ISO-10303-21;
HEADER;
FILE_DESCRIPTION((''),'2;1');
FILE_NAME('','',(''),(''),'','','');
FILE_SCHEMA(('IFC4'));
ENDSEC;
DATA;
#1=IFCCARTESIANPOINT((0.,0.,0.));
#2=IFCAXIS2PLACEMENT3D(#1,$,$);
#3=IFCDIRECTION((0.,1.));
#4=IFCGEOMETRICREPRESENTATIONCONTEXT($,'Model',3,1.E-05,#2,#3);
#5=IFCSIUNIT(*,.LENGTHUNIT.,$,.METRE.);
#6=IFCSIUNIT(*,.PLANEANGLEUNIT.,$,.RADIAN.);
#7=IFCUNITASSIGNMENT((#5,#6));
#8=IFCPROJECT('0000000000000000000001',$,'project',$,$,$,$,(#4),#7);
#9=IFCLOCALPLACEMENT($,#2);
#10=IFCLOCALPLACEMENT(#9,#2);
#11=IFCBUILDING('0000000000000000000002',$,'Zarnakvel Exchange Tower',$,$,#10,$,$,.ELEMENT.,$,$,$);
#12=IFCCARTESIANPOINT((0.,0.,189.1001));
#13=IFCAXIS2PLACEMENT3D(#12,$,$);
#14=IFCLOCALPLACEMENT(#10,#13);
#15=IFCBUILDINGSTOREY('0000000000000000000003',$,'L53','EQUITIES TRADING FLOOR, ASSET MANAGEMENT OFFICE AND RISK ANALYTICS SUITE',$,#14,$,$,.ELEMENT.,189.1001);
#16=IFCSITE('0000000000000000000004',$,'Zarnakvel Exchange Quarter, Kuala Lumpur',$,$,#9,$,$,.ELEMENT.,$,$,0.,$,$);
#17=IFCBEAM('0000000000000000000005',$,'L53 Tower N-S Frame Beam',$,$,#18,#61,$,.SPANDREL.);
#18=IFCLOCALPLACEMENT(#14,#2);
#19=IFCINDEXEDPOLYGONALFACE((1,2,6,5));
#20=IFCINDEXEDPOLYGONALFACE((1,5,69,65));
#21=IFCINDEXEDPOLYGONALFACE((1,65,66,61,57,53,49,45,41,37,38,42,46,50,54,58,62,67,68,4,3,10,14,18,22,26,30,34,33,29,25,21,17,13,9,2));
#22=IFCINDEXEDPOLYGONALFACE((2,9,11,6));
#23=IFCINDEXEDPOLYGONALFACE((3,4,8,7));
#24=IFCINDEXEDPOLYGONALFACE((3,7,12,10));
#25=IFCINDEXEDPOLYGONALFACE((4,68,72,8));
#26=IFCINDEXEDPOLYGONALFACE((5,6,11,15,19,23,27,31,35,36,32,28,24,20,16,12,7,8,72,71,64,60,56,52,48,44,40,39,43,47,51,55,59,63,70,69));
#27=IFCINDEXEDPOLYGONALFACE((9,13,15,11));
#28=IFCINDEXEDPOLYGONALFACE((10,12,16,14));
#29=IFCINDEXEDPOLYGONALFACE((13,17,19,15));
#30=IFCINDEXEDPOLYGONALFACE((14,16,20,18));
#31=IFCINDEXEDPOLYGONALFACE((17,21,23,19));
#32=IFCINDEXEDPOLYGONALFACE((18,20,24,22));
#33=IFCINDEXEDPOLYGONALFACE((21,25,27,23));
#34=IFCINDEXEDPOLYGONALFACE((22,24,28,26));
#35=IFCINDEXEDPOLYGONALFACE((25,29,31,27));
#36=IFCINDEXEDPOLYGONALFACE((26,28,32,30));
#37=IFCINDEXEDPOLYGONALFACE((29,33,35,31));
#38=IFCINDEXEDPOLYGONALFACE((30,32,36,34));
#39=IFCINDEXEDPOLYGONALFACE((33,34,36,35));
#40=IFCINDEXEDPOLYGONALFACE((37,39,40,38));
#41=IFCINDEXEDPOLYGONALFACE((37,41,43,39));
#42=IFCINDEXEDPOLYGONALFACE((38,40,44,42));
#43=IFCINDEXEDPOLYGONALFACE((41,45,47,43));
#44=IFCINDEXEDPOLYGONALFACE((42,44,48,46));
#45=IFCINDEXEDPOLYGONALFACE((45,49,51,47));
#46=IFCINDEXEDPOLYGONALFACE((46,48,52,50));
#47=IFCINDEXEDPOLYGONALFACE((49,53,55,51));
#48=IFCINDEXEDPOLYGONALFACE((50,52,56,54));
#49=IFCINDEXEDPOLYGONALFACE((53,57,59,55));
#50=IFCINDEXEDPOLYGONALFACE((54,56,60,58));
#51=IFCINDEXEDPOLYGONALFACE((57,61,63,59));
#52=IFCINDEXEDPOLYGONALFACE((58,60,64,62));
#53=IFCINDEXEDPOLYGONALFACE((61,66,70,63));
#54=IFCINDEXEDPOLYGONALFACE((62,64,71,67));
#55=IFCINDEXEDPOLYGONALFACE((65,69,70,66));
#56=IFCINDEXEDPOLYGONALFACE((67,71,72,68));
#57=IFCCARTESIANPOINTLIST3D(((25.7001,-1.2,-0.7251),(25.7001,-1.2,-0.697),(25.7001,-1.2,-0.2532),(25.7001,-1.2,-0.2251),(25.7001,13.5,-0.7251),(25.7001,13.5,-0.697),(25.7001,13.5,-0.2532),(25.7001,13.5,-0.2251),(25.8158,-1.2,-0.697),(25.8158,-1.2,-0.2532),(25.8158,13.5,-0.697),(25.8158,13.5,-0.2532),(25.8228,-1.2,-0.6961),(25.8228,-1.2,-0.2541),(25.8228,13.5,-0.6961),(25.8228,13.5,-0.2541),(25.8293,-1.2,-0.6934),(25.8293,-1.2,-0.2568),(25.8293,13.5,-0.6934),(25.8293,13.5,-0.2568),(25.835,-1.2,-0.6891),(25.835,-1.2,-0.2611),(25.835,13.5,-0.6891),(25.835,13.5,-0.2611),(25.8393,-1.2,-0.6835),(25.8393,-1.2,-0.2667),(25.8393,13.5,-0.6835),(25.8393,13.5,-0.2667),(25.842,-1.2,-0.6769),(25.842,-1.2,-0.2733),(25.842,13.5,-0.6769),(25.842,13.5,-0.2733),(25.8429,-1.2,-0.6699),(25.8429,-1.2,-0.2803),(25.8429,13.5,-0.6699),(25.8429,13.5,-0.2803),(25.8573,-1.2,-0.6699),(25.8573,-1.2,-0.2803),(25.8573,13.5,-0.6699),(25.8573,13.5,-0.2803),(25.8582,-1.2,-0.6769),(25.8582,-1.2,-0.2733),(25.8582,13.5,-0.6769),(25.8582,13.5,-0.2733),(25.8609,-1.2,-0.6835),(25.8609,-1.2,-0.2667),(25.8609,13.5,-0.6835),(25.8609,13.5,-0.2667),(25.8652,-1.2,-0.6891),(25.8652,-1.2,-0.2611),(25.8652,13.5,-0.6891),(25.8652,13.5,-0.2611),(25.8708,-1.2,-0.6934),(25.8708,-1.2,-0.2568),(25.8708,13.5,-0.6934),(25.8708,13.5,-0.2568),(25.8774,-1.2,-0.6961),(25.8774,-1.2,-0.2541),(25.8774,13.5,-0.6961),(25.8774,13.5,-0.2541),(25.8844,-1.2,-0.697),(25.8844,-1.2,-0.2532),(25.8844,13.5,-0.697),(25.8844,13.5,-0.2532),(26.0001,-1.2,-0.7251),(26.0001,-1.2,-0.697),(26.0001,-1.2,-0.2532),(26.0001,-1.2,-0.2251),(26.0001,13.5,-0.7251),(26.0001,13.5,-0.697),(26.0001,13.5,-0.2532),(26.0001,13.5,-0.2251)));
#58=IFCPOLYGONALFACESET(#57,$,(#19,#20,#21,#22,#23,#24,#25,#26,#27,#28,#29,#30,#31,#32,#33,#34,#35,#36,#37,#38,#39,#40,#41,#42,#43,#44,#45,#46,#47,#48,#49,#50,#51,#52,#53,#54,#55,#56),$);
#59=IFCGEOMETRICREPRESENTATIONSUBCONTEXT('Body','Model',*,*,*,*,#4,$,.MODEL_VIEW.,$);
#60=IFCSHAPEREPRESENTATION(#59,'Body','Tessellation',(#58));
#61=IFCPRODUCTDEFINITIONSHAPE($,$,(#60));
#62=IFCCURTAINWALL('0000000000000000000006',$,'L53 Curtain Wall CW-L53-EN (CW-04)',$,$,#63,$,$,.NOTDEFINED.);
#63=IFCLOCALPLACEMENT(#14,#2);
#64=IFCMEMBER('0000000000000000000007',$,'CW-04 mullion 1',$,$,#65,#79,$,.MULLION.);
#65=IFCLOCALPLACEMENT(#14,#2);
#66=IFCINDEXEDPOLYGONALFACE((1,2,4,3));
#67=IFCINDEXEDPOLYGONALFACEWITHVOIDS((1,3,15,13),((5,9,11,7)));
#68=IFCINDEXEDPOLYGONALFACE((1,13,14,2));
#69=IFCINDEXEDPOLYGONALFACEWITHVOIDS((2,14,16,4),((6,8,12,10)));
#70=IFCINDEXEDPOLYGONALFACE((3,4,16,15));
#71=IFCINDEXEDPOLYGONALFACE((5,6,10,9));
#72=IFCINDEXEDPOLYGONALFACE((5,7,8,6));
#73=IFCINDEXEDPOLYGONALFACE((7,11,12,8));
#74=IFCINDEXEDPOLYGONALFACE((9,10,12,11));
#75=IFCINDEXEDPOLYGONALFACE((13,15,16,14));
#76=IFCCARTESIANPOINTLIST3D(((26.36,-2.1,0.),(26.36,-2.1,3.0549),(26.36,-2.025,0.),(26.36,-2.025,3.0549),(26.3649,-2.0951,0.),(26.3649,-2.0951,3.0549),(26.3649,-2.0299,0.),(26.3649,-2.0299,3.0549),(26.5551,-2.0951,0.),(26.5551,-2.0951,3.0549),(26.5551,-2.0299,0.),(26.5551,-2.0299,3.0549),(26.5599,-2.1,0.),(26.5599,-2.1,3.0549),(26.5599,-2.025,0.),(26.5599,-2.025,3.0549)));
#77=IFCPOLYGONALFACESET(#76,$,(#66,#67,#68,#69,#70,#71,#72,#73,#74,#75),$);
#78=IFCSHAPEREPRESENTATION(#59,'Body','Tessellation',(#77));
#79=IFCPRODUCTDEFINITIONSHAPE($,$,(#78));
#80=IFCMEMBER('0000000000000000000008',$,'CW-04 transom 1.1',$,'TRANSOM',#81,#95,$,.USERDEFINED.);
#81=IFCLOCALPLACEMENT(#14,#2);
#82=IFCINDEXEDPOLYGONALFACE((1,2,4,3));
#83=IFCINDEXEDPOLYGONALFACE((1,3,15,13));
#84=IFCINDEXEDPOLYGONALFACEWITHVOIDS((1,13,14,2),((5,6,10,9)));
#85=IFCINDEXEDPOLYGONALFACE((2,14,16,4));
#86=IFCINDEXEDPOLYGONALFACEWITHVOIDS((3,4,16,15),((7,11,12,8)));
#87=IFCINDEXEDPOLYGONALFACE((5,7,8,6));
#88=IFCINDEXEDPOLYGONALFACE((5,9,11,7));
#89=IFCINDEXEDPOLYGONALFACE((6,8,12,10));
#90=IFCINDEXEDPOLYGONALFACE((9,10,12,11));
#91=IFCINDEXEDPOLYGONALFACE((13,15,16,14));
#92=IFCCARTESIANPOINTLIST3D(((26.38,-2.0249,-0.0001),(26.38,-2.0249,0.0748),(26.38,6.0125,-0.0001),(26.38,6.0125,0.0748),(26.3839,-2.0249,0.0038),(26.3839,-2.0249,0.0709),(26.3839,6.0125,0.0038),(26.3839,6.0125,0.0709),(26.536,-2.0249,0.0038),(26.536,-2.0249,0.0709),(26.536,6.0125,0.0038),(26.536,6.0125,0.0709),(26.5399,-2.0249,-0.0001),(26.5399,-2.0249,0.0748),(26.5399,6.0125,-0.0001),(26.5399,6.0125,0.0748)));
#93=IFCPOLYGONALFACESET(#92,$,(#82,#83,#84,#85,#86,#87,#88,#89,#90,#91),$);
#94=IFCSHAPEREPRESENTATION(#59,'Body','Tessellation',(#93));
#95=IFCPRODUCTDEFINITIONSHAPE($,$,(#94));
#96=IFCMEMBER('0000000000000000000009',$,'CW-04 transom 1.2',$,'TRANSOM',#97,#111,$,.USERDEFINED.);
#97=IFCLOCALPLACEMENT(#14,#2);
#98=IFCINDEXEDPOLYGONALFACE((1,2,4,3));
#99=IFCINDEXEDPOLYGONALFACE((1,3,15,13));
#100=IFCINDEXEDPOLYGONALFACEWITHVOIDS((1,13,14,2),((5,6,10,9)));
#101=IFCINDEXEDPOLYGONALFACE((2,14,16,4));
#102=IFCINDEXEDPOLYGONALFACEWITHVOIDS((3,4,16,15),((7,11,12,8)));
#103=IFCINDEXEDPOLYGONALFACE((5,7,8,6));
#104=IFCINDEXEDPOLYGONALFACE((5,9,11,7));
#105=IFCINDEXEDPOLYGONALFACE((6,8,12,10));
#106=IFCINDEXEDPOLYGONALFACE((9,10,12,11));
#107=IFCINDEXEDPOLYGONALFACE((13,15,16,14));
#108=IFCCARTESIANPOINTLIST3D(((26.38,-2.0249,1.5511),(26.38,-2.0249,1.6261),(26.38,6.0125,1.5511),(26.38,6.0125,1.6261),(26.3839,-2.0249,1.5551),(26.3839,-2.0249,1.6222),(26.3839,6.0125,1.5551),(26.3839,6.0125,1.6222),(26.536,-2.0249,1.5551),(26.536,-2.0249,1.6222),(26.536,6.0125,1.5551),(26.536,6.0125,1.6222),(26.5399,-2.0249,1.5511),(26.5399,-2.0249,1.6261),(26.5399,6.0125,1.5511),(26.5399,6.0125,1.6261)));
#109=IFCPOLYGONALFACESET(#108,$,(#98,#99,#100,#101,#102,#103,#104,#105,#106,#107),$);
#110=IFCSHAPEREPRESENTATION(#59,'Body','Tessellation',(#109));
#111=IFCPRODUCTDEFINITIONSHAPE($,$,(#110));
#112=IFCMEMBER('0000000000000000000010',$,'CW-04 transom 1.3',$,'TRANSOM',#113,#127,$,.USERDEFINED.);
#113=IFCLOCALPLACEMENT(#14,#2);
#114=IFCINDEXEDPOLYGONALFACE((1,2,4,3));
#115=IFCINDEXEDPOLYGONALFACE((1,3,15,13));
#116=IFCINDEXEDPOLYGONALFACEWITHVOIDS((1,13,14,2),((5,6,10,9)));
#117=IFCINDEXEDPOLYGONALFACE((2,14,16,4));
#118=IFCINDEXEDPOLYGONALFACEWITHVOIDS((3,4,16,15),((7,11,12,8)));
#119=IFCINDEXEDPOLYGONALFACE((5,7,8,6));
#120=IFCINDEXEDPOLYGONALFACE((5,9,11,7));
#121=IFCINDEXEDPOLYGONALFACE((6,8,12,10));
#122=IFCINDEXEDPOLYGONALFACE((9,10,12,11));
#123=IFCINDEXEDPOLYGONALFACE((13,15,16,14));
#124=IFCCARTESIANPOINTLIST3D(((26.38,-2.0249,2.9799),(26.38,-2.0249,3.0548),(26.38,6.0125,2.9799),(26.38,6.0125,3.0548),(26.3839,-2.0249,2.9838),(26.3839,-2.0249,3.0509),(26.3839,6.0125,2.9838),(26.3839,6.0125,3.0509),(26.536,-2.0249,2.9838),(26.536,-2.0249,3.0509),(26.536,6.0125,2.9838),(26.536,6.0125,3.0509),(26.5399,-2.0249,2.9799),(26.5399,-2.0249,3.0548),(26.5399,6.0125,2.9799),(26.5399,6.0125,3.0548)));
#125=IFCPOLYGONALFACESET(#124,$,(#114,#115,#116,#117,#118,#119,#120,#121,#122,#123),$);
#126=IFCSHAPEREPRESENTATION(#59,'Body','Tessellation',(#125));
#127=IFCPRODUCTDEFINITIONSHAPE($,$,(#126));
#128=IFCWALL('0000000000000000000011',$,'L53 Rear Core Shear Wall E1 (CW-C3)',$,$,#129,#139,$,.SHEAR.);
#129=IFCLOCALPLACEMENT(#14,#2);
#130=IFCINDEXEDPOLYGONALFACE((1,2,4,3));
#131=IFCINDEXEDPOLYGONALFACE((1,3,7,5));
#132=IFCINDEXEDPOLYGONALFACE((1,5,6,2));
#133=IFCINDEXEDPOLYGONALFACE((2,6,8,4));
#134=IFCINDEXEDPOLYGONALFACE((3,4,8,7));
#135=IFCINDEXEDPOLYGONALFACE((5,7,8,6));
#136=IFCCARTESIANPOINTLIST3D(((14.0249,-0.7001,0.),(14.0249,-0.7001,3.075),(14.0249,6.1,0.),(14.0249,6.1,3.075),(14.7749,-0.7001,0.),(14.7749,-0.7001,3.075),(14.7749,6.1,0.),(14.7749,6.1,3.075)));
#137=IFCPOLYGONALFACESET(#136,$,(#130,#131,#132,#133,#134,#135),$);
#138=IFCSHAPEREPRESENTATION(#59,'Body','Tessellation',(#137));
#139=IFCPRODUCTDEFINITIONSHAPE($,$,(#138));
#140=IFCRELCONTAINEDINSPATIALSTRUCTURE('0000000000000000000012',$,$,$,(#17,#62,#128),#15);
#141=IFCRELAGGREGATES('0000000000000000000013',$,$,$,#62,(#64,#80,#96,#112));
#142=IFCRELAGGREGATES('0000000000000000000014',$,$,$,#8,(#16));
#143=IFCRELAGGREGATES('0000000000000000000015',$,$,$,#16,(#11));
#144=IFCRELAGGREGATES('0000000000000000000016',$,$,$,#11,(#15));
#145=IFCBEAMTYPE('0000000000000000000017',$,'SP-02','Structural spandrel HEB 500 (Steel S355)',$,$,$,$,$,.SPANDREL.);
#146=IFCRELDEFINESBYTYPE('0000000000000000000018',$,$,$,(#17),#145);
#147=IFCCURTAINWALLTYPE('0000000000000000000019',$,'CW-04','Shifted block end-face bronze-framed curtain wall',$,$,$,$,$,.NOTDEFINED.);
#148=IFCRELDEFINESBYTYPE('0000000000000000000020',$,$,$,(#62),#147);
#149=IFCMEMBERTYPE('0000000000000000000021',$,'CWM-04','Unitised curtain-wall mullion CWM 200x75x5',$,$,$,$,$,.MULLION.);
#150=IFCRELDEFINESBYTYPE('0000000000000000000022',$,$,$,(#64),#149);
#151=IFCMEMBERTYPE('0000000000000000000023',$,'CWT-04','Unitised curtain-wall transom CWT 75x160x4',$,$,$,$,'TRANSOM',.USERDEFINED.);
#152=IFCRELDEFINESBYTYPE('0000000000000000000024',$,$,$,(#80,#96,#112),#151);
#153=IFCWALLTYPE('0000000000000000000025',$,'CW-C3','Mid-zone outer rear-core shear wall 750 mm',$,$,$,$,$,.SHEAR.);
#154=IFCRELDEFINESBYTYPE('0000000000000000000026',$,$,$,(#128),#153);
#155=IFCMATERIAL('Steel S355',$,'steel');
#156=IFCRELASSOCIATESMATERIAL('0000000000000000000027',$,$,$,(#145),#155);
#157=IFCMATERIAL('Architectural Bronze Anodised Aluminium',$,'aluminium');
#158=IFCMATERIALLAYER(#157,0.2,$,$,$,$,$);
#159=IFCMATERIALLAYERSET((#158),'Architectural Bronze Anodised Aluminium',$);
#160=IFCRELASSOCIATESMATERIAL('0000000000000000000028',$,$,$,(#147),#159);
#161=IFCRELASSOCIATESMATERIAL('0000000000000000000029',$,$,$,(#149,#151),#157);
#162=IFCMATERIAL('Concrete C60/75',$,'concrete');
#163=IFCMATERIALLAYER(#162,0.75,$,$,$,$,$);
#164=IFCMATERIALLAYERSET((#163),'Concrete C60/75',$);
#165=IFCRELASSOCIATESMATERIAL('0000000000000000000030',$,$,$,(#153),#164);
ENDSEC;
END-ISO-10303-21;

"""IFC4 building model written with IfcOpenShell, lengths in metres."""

from ifc_helpers import new_model, si_unit, direction, frame, frame_2d, origin, origin_2d, place, context, subcontext, project, spatial, rectangle, hollow_rectangle, i_section, extrude, source, transform, mapped, material, layer, layer_set, material_profile, profile_set, type_object, element, aggregate, save


model = new_model("IFC4")

# Units and contexts
model_context = context("Model", 3, precision=1e-05, world=origin(), true_north=direction((0.0, 1.0)))
body_context = subcontext(model_context, "Body", "Model", "MODEL_VIEW")
ifc_project = project(units=[si_unit("LENGTHUNIT", "METRE"), si_unit("PLANEANGLEUNIT", "RADIAN")], contexts=[model_context])

# Site, building, storey
site_placement = place(None, origin())
site = spatial("IfcSite", under=ifc_project, at=site_placement, Name="Zarnakvel Exchange Quarter, Kuala Lumpur", CompositionType="ELEMENT", RefElevation=0.0)
building_placement = place(site_placement, origin())
building = spatial("IfcBuilding", under=site, at=building_placement, Name="Zarnakvel Exchange Tower", CompositionType="ELEMENT")
storey_placement = place(building_placement, frame((0.0, 0.0, 189.1001)))
storey = spatial("IfcBuildingStorey", under=building, at=storey_placement, Name="L53", Description="EQUITIES TRADING FLOOR, ASSET MANAGEMENT OFFICE AND RISK ANALYTICS SUITE", CompositionType="ELEMENT", Elevation=189.1001)

# Shared definitions
ifc_material_1 = material(Name="Concrete C60/75", Category="concrete")
ifc_material_2 = material(Name="Steel S355", Category="steel")

# Beam
ifc_material_profile_1 = material_profile(ifc_material_2, i_section(OverallWidth=0.3, OverallDepth=0.5, WebThickness=0.0144, FlangeThickness=0.0281, FilletRadius=0.0271, at=origin_2d()))
ifc_profile_set_1 = profile_set([ifc_material_profile_1], Name="Steel S355")
beam_type_1 = type_object("IfcBeamType", Name="SP-02", Description="Structural spandrel HEB 500 (Steel S355)", PredefinedType="SPANDREL", material=ifc_profile_set_1)
beam_1_placement = place(storey_placement, frame((25.8501, -1.2, -0.4751), z_axis=(0.0, 1.0, 0.0), x_axis=(-1.0, 0.0, 0.0)))
element("IfcBeam", 1, at=beam_1_placement, inside=storey, type_object=beam_type_1, Name="L53 Tower N-S Frame Beam", PredefinedType="SPANDREL", context=body_context, shape_type="SweptSolid", body=[
    extrude(i_section(OverallWidth=0.3, OverallDepth=0.5, WebThickness=0.0144, FlangeThickness=0.0281, FilletRadius=0.0271, at=origin_2d()), origin(), (0.0, 0.0, 1.0), 14.7),
])

# Curtain wall, members
ifc_material_3 = material(Name="Architectural Bronze Anodised Aluminium", Category="aluminium")
ifc_layer_1 = layer(ifc_material_3, 0.2)
ifc_layer_set_1 = layer_set([ifc_layer_1], Name="Architectural Bronze Anodised Aluminium")
curtain_wall_type = type_object("IfcCurtainWallType", Name="CW-04", Description="Shifted block end-face bronze-framed curtain wall", PredefinedType="NOTDEFINED", material=ifc_layer_set_1)
curtain_wall_placement = place(storey_placement, origin())
curtain_wall = element("IfcCurtainWall", 2, at=curtain_wall_placement, inside=storey, type_object=curtain_wall_type, Name="L53 Curtain Wall CW-L53-EN (CW-04)", PredefinedType="NOTDEFINED")
ifc_material_profile_2 = material_profile(ifc_material_3, hollow_rectangle(XDim=0.2, YDim=0.075, WallThickness=0.0049, at=origin_2d()))
ifc_profile_set_2 = profile_set([ifc_material_profile_2], Name="Architectural Bronze Anodised Aluminium")
member_type_1 = type_object("IfcMemberType", Name="CWM-04", Description="Unitised curtain-wall mullion CWM 200x75x5", PredefinedType="MULLION", material=ifc_profile_set_2)
shared_shape_1 = source(origin(), body_context, "Body", "SweptSolid", [
    extrude(hollow_rectangle(XDim=0.2, YDim=0.075, WallThickness=0.0049, at=origin_2d()), origin(), (0.0, 0.0, 1.0), 3.0549),
])
member_1_placement = place(storey_placement, frame((26.46, -2.0625, 0.0), z_axis=(0.0, 0.0, 1.0), x_axis=(-1.0, 0.0, 0.0)))
member_1 = element("IfcMember", 3, at=member_1_placement, type_object=member_type_1, Name="CW-04 mullion 1", PredefinedType="MULLION", context=body_context, shape_type="MappedRepresentation", body=[
    mapped(shared_shape_1, transform((0.0, 0.0, 0.0), x_axis=(1.0, 0.0, 0.0), y_axis=(0.0, 1.0, 0.0), z_axis=(0.0, 0.0, 1.0), scale=1.0)),
])
ifc_material_profile_3 = material_profile(ifc_material_3, hollow_rectangle(XDim=0.1599, YDim=0.075, WallThickness=0.0039, at=origin_2d()))
ifc_profile_set_3 = profile_set([ifc_material_profile_3], Name="Architectural Bronze Anodised Aluminium")
member_type_2 = type_object("IfcMemberType", Name="CWT-04", Description="Unitised curtain-wall transom CWT 75x160x4", ElementType="TRANSOM", PredefinedType="USERDEFINED", material=ifc_profile_set_3)
shared_shape_2 = source(origin(), body_context, "Body", "SweptSolid", [
    extrude(hollow_rectangle(XDim=0.1599, YDim=0.075, WallThickness=0.0039, at=origin_2d()), origin(), (0.0, 0.0, 1.0), 8.0374),
])
member_2_placement = place(storey_placement, frame((26.46, -2.0249, 0.0374), z_axis=(0.0, 1.0, 0.0), x_axis=(-1.0, 0.0, 0.0)))
member_2 = element("IfcMember", 4, at=member_2_placement, type_object=member_type_2, Name="CW-04 transom 1.1", ObjectType="TRANSOM", PredefinedType="USERDEFINED", context=body_context, shape_type="MappedRepresentation", body=[
    mapped(shared_shape_2, transform((0.0, 0.0, 0.0), x_axis=(1.0, 0.0, 0.0), y_axis=(0.0, 1.0, 0.0), z_axis=(0.0, 0.0, 1.0), scale=1.0)),
])
member_3_placement = place(storey_placement, frame((26.46, -2.0249, 1.5886), z_axis=(0.0, 1.0, 0.0), x_axis=(-1.0, 0.0, 0.0)))
member_3 = element("IfcMember", 5, at=member_3_placement, type_object=member_type_2, Name="CW-04 transom 1.2", ObjectType="TRANSOM", PredefinedType="USERDEFINED", context=body_context, shape_type="MappedRepresentation", body=[
    mapped(shared_shape_2, transform((0.0, 0.0, 0.0), x_axis=(1.0, 0.0, 0.0), y_axis=(0.0, 1.0, 0.0), z_axis=(0.0, 0.0, 1.0), scale=1.0)),
])
member_4_placement = place(storey_placement, frame((26.46, -2.0249, 3.0173), z_axis=(0.0, 1.0, 0.0), x_axis=(-1.0, 0.0, 0.0)))
member_4 = element("IfcMember", 6, at=member_4_placement, type_object=member_type_2, Name="CW-04 transom 1.3", ObjectType="TRANSOM", PredefinedType="USERDEFINED", context=body_context, shape_type="MappedRepresentation", body=[
    mapped(shared_shape_2, transform((0.0, 0.0, 0.0), x_axis=(1.0, 0.0, 0.0), y_axis=(0.0, 1.0, 0.0), z_axis=(0.0, 0.0, 1.0), scale=1.0)),
])
aggregate(curtain_wall, [member_1, member_2, member_3, member_4])

# Wall
ifc_layer_2 = layer(ifc_material_1, 0.75)
ifc_layer_set_2 = layer_set([ifc_layer_2], Name="Concrete C60/75")
wall_type_1 = type_object("IfcWallType", Name="CW-C3", Description="Mid-zone outer rear-core shear wall 750 mm", PredefinedType="SHEAR", material=ifc_layer_set_2)
wall_1_placement = place(storey_placement, frame((14.3999, -0.7, 0.0), z_axis=(0.0, 0.0, 1.0), x_axis=(0.0, 1.0, 0.0)))
element("IfcWall", 7, at=wall_1_placement, inside=storey, type_object=wall_type_1, Name="L53 Rear Core Shear Wall E1 (CW-C3)", PredefinedType="SHEAR", context=body_context, shape_type="SweptSolid", body=[
    extrude(rectangle(XDim=6.8, YDim=0.75, at=frame_2d((3.3999, 0.0))), origin(), (0.0, 0.0, 1.0), 3.075),
])

save(model, "model.ifc")
